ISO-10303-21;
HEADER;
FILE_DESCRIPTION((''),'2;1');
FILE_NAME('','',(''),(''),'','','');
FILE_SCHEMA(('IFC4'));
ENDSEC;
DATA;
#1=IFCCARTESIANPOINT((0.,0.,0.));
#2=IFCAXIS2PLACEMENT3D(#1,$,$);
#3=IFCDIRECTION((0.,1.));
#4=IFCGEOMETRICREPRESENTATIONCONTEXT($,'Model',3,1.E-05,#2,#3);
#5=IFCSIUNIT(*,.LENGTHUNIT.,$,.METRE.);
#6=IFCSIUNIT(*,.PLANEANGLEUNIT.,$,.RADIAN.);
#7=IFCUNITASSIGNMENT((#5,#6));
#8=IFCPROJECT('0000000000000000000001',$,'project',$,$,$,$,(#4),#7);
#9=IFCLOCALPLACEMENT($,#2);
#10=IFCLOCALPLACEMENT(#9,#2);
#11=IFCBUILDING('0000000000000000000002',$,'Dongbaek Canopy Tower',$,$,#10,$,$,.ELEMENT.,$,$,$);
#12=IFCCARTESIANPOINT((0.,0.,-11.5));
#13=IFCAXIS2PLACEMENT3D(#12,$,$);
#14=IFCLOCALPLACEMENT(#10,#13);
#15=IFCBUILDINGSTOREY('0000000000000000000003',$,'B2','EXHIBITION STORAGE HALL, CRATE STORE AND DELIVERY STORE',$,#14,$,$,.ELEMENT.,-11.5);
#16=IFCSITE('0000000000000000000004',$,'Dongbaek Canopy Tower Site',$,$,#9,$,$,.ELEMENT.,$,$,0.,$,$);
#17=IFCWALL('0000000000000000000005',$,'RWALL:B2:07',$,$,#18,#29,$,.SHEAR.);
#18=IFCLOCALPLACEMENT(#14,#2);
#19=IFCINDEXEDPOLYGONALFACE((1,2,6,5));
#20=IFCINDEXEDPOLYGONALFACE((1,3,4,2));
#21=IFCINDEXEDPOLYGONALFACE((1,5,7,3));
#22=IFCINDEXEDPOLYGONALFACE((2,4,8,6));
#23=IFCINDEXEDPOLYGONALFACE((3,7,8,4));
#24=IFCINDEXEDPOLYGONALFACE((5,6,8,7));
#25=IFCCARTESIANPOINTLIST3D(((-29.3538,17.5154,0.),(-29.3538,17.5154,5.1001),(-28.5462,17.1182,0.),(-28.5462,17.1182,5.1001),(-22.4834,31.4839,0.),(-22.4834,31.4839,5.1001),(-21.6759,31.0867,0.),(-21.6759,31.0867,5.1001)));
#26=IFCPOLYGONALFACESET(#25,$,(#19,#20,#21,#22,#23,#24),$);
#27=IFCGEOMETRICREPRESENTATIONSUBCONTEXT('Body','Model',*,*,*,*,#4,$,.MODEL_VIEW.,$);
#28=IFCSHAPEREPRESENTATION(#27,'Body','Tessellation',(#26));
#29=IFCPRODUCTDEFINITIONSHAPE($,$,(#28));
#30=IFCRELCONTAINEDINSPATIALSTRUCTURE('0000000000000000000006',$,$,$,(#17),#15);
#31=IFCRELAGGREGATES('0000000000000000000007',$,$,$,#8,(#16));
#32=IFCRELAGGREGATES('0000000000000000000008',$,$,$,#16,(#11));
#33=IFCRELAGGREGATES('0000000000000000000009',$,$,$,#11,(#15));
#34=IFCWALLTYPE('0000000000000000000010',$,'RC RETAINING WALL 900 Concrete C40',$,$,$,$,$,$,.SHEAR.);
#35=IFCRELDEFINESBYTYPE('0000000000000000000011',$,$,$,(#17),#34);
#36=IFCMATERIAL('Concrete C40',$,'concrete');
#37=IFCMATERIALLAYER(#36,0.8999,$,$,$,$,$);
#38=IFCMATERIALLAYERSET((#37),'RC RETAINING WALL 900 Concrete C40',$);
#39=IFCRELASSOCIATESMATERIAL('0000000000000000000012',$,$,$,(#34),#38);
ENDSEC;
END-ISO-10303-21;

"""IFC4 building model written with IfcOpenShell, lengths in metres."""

from ifc_helpers import new_model, si_unit, direction, frame, frame_2d, origin, place, context, subcontext, project, spatial, rectangle, extrude, material, layer, layer_set, type_object, element, save


model = new_model("IFC4")

# Units and contexts
model_context = context("Model", 3, precision=1e-05, world=origin(), true_north=direction((0.0, 1.0)))
body_context = subcontext(model_context, "Body", "Model", "MODEL_VIEW")
ifc_project = project(units=[si_unit("LENGTHUNIT", "METRE"), si_unit("PLANEANGLEUNIT", "RADIAN")], contexts=[model_context])

# Site, building, storey
site_placement = place(None, origin())
site = spatial("IfcSite", under=ifc_project, at=site_placement, Name="Dongbaek Canopy Tower Site", CompositionType="ELEMENT", RefElevation=0.0)
building_placement = place(site_placement, origin())
building = spatial("IfcBuilding", under=site, at=building_placement, Name="Dongbaek Canopy Tower", CompositionType="ELEMENT")
storey_placement = place(building_placement, frame((0.0, 0.0, -11.5)))
storey = spatial("IfcBuildingStorey", under=building, at=storey_placement, Name="B2", Description="EXHIBITION STORAGE HALL, CRATE STORE AND DELIVERY STORE", CompositionType="ELEMENT", Elevation=-11.5)

# Wall
ifc_material_1 = material(Name="Concrete C40", Category="concrete")
ifc_layer_1 = layer(ifc_material_1, 0.8999)
ifc_layer_set_1 = layer_set([ifc_layer_1], Name="RC RETAINING WALL 900 Concrete C40")
wall_type_1 = type_object("IfcWallType", Name="RC RETAINING WALL 900 Concrete C40", PredefinedType="SHEAR", material=ifc_layer_set_1)
wall_1_placement = place(storey_placement, frame((-28.95, 17.3169, 0.0), z_axis=(0.0, 0.0, 1.0), x_axis=(0.441351, 0.897335, 0.0)))
element("IfcWall", 1, at=wall_1_placement, inside=storey, type_object=wall_type_1, Name="RWALL:B2:07", PredefinedType="SHEAR", context=body_context, shape_type="SweptSolid", body=[
    extrude(rectangle(XDim=15.5667, YDim=0.8999, at=frame_2d((7.7832, 0.0))), origin(), (0.0, 0.0, 1.0), 5.1001),
])

save(model, "model.ifc")
